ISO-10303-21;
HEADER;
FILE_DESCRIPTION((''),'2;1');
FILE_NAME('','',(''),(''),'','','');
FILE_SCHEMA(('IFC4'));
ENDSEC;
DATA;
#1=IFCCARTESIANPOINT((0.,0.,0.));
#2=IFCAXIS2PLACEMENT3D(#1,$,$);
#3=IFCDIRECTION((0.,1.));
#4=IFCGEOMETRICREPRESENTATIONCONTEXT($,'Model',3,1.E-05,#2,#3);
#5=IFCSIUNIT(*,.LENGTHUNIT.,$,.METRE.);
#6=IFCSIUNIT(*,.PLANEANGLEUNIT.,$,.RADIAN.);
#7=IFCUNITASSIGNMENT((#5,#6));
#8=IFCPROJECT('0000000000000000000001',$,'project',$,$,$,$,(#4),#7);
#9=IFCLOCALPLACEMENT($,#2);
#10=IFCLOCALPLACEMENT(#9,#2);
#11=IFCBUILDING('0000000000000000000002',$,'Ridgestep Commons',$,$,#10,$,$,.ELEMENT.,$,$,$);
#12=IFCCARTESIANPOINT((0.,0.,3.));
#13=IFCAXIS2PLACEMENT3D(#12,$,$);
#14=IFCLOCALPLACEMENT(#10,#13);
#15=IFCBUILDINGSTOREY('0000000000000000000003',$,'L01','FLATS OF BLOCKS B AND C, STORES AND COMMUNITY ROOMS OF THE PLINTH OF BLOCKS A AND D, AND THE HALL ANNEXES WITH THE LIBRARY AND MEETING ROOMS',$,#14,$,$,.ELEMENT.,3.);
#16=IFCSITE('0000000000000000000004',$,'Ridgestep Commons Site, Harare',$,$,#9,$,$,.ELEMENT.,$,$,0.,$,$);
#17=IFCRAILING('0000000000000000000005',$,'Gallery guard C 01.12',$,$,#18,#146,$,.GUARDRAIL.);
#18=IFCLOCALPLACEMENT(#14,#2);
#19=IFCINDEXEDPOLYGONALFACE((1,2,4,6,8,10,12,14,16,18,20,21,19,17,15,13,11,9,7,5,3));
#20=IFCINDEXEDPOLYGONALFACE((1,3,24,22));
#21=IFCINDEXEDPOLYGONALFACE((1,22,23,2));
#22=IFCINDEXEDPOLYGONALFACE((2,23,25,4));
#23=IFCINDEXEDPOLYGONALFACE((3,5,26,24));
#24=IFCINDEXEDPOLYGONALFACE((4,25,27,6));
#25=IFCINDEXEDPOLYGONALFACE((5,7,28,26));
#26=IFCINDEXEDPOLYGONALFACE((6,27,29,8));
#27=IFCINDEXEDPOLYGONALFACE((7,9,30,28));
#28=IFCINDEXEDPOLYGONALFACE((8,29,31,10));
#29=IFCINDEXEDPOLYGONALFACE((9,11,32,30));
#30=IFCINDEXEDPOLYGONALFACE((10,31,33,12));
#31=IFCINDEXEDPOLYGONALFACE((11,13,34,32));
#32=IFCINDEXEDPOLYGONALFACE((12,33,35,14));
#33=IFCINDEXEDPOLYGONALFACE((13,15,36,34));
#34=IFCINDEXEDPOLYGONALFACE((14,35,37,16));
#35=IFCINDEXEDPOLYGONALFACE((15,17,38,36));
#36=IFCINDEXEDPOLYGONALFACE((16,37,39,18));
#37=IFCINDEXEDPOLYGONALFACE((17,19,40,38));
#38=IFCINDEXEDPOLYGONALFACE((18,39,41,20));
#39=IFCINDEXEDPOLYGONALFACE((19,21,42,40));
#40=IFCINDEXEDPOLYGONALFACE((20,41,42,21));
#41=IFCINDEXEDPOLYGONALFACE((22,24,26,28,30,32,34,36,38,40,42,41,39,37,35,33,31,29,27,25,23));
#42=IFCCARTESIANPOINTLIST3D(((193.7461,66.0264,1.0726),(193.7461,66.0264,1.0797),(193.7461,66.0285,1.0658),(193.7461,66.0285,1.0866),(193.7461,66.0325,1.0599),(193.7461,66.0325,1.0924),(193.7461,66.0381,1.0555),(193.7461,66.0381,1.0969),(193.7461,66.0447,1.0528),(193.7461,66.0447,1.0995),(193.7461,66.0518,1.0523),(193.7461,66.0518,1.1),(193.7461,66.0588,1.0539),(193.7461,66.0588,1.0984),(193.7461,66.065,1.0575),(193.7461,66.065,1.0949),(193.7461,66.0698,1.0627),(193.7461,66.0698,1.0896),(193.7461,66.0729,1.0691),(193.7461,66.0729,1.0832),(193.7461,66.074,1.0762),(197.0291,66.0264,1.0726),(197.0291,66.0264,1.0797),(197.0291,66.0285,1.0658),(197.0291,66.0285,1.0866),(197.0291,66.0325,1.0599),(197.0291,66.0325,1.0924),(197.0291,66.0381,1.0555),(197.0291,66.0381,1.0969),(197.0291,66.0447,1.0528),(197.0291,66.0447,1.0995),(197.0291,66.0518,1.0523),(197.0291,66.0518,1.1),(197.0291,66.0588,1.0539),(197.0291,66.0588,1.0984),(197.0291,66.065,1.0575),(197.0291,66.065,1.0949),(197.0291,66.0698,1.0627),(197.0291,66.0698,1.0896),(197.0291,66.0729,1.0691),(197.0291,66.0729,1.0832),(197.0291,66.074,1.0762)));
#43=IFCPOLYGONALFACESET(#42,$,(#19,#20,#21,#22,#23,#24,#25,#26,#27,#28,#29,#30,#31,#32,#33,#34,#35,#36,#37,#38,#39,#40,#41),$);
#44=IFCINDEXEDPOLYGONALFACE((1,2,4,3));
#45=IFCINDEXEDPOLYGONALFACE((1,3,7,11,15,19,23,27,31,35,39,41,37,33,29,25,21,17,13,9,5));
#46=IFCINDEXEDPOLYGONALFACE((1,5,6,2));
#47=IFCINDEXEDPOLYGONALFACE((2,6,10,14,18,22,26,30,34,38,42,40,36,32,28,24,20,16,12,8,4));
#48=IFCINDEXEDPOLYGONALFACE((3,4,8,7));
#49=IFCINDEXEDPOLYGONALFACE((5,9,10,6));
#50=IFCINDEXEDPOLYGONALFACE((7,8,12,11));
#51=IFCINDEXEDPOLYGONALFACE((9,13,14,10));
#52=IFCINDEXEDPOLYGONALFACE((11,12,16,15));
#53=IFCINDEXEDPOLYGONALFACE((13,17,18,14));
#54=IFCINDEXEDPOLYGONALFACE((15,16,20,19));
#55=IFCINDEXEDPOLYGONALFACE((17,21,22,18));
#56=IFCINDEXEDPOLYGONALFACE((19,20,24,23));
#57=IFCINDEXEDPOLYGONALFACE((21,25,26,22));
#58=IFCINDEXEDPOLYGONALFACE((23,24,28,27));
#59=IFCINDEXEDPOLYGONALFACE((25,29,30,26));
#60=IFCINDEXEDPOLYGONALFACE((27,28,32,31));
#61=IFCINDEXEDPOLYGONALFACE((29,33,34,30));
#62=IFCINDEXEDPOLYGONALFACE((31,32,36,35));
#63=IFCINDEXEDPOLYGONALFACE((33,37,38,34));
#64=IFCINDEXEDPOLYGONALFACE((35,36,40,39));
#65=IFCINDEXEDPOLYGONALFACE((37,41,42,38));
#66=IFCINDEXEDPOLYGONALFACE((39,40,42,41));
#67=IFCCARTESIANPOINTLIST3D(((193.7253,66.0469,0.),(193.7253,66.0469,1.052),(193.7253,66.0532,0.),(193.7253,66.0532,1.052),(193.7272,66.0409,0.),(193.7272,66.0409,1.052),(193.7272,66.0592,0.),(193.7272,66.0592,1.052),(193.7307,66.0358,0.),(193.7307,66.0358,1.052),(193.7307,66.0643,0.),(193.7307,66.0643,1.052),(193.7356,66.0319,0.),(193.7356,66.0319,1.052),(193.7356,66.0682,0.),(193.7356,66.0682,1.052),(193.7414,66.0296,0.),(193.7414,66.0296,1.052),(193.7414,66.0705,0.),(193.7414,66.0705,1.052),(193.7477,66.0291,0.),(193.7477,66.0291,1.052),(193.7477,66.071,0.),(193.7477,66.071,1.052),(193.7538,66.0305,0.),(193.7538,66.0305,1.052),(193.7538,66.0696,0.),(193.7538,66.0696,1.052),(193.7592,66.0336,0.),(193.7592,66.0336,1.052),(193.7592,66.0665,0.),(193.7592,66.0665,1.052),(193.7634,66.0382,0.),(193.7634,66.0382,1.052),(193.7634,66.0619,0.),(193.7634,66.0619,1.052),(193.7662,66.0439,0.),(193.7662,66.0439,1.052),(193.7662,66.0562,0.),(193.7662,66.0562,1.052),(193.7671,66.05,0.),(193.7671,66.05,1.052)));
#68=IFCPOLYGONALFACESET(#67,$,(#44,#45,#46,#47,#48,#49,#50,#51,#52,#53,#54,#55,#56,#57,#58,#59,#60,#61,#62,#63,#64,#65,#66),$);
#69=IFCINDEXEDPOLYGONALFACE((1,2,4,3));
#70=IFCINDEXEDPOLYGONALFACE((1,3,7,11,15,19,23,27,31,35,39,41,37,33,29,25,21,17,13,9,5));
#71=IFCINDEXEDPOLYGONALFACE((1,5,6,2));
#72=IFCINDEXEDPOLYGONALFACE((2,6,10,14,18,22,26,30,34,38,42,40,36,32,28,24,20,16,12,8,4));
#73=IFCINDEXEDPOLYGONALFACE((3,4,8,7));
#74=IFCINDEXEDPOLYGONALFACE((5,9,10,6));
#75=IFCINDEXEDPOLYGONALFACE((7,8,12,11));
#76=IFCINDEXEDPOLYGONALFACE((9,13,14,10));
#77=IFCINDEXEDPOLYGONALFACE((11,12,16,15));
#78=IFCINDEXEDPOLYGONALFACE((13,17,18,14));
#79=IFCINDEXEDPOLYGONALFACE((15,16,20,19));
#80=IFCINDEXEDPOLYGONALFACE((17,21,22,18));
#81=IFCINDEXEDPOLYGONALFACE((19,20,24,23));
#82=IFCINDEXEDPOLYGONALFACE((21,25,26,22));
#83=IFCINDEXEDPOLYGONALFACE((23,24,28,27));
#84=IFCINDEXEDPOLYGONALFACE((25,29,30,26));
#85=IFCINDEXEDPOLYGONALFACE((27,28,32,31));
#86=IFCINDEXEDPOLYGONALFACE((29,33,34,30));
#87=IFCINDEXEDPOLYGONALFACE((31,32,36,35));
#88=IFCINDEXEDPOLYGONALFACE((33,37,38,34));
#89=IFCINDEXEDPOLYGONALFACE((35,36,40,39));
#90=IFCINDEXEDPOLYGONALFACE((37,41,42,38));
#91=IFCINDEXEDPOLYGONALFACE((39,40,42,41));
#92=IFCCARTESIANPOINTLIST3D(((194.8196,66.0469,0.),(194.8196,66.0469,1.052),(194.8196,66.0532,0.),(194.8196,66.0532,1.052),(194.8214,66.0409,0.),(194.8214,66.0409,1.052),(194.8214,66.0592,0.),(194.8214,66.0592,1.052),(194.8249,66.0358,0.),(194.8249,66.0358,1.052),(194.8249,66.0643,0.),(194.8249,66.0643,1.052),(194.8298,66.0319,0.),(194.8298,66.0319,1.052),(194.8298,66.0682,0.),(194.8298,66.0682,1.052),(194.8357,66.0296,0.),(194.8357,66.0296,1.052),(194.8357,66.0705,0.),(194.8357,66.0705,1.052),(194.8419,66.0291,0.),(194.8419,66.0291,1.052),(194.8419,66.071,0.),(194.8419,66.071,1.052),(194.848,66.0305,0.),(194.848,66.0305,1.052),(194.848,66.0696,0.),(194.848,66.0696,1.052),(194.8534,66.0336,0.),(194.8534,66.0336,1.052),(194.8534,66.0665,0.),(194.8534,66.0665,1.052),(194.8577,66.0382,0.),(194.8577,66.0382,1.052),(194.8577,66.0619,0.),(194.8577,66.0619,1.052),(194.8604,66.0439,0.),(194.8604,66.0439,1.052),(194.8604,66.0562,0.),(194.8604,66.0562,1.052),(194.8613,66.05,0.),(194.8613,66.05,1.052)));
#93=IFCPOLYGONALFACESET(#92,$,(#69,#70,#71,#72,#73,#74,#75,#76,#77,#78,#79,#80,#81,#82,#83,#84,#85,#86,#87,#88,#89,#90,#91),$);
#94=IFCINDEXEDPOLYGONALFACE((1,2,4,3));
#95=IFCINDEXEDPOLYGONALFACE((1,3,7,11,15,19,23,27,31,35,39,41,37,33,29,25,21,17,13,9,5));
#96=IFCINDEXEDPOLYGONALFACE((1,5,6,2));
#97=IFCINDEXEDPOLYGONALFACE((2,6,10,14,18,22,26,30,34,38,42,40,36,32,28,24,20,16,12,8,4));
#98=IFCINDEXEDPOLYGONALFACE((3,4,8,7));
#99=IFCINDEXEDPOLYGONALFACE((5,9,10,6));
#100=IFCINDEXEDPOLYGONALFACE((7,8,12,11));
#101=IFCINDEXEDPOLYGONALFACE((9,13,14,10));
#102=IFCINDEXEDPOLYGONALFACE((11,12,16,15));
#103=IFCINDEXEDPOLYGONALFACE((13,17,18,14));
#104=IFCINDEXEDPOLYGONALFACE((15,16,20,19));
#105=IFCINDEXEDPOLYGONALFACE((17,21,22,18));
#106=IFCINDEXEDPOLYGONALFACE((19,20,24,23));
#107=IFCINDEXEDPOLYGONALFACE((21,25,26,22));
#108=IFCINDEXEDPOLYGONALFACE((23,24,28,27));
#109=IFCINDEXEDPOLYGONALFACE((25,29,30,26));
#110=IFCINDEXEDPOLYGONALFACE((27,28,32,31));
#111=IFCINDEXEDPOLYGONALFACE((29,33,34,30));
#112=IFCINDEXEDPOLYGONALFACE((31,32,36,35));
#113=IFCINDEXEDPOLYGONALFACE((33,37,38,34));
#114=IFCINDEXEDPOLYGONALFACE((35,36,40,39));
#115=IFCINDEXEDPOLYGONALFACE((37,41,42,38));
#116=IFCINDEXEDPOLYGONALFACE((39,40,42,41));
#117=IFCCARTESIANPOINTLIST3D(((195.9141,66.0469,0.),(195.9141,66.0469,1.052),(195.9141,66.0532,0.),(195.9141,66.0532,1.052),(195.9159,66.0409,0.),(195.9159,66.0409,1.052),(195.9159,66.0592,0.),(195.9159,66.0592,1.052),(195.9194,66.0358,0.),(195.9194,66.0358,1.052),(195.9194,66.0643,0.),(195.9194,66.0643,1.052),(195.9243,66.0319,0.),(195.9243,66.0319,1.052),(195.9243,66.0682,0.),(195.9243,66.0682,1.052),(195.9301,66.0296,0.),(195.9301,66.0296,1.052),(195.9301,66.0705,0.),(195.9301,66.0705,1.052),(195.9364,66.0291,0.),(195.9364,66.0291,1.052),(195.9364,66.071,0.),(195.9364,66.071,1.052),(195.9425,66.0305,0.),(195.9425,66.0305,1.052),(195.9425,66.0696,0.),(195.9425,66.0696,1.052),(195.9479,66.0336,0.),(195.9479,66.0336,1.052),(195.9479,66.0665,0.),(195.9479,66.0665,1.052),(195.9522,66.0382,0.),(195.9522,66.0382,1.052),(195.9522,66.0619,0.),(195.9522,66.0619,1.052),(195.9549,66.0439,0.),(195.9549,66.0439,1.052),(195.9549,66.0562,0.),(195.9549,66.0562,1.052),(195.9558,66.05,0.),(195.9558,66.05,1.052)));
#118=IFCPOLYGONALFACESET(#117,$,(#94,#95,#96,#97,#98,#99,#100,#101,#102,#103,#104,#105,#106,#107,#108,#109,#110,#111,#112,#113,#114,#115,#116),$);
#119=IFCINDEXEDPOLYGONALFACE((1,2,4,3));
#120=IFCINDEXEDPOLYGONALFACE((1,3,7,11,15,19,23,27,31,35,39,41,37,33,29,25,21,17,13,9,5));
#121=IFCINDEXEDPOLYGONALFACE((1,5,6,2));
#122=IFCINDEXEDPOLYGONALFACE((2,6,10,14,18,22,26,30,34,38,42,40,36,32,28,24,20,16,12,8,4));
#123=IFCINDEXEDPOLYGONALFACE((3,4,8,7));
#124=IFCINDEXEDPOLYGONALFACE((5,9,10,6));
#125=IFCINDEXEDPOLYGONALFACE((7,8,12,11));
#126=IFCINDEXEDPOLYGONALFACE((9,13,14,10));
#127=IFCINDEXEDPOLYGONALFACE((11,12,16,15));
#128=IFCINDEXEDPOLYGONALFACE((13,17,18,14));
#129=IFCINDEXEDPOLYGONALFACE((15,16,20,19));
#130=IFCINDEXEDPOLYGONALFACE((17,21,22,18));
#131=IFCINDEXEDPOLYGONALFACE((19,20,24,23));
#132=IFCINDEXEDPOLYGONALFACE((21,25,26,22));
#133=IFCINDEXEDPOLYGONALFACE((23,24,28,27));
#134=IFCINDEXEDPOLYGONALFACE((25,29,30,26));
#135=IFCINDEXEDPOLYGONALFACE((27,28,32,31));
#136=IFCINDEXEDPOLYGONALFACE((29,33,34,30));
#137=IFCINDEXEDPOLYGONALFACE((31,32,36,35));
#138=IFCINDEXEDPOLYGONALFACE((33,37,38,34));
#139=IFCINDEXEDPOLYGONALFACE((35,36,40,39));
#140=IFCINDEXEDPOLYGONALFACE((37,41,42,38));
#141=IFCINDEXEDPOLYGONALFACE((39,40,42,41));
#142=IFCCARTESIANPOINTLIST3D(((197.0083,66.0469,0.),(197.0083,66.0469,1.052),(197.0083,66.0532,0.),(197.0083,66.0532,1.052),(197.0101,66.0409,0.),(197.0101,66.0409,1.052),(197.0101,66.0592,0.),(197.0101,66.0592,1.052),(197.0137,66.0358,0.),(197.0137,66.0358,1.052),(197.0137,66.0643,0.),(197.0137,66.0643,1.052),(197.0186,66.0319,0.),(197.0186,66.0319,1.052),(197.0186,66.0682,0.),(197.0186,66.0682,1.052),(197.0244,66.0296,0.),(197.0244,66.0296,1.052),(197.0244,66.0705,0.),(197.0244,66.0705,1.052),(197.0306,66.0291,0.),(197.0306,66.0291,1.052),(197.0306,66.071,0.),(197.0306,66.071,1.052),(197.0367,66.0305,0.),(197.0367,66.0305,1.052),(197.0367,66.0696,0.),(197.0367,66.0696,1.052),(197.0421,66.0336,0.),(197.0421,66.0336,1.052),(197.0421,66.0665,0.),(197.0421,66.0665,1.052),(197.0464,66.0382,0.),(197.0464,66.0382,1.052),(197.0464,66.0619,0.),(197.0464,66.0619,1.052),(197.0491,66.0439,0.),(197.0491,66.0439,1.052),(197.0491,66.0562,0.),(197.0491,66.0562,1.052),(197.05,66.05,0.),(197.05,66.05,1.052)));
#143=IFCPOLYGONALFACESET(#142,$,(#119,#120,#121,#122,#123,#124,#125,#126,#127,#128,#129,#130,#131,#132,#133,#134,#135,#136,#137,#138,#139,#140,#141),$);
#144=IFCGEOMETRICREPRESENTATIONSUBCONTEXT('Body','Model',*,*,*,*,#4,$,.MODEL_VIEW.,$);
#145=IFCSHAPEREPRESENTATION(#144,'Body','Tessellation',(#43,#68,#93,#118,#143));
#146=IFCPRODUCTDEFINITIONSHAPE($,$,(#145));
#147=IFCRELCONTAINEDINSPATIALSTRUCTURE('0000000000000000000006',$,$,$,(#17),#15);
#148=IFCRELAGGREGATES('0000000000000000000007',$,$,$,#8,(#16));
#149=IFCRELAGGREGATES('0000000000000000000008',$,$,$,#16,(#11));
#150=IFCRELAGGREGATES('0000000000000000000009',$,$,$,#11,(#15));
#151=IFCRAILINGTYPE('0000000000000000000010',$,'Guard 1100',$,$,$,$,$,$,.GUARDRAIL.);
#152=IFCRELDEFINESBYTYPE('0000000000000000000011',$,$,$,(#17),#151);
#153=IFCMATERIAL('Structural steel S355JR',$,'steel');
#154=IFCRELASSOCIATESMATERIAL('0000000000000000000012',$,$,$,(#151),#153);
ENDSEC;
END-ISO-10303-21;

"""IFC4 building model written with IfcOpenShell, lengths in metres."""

from ifc_helpers import new_model, si_unit, direction, frame, origin, origin_2d, place, context, subcontext, project, spatial, circle, extrude, material, type_object, element, save


model = new_model("IFC4")

# Units and contexts
model_context = context("Model", 3, precision=1e-05, world=origin(), true_north=direction((0.0, 1.0)))
body_context = subcontext(model_context, "Body", "Model", "MODEL_VIEW")
ifc_project = project(units=[si_unit("LENGTHUNIT", "METRE"), si_unit("PLANEANGLEUNIT", "RADIAN")], contexts=[model_context])

# Site, building, storey
site_placement = place(None, origin())
site = spatial("IfcSite", under=ifc_project, at=site_placement, Name="Ridgestep Commons Site, Harare", CompositionType="ELEMENT", RefElevation=0.0)
building_placement = place(site_placement, origin())
building = spatial("IfcBuilding", under=site, at=building_placement, Name="Ridgestep Commons", CompositionType="ELEMENT")
storey_placement = place(building_placement, frame((0.0, 0.0, 3.0)))
storey = spatial("IfcBuildingStorey", under=building, at=storey_placement, Name="L01", Description="FLATS OF BLOCKS B AND C, STORES AND COMMUNITY ROOMS OF THE PLINTH OF BLOCKS A AND D, AND THE HALL ANNEXES WITH THE LIBRARY AND MEETING ROOMS", CompositionType="ELEMENT", Elevation=3.0)

# Railing
ifc_material_1 = material(Name="Structural steel S355JR", Category="steel")
railing_type = type_object("IfcRailingType", Name="Guard 1100", PredefinedType="GUARDRAIL", material=ifc_material_1)
railing_1_placement = place(storey_placement, frame((193.7461, 66.05, 0.0)))
element("IfcRailing", 1, at=railing_1_placement, inside=storey, type_object=railing_type, Name="Gallery guard C 01.12", PredefinedType="GUARDRAIL", context=body_context, shape_type="SweptSolid", body=[
    extrude(circle(Radius=0.0239, at=origin_2d()), frame((0.0, 0.0, 1.0762), z_axis=(1.0, 0.0, 0.0), x_axis=(0.0, 1.0, 0.0)), (0.0, 0.0, 1.0), 3.283),
    extrude(circle(Radius=0.021, at=origin_2d()), origin(), (0.0, 0.0, 1.0), 1.052),
    extrude(circle(Radius=0.021, at=origin_2d()), frame((1.0942, 0.0, 0.0)), (0.0, 0.0, 1.0), 1.052),
    extrude(circle(Radius=0.021, at=origin_2d()), frame((2.1887, 0.0, 0.0)), (0.0, 0.0, 1.0), 1.052),
    extrude(circle(Radius=0.021, at=origin_2d()), frame((3.283, 0.0, 0.0)), (0.0, 0.0, 1.0), 1.052),
])

save(model, "model.ifc")
